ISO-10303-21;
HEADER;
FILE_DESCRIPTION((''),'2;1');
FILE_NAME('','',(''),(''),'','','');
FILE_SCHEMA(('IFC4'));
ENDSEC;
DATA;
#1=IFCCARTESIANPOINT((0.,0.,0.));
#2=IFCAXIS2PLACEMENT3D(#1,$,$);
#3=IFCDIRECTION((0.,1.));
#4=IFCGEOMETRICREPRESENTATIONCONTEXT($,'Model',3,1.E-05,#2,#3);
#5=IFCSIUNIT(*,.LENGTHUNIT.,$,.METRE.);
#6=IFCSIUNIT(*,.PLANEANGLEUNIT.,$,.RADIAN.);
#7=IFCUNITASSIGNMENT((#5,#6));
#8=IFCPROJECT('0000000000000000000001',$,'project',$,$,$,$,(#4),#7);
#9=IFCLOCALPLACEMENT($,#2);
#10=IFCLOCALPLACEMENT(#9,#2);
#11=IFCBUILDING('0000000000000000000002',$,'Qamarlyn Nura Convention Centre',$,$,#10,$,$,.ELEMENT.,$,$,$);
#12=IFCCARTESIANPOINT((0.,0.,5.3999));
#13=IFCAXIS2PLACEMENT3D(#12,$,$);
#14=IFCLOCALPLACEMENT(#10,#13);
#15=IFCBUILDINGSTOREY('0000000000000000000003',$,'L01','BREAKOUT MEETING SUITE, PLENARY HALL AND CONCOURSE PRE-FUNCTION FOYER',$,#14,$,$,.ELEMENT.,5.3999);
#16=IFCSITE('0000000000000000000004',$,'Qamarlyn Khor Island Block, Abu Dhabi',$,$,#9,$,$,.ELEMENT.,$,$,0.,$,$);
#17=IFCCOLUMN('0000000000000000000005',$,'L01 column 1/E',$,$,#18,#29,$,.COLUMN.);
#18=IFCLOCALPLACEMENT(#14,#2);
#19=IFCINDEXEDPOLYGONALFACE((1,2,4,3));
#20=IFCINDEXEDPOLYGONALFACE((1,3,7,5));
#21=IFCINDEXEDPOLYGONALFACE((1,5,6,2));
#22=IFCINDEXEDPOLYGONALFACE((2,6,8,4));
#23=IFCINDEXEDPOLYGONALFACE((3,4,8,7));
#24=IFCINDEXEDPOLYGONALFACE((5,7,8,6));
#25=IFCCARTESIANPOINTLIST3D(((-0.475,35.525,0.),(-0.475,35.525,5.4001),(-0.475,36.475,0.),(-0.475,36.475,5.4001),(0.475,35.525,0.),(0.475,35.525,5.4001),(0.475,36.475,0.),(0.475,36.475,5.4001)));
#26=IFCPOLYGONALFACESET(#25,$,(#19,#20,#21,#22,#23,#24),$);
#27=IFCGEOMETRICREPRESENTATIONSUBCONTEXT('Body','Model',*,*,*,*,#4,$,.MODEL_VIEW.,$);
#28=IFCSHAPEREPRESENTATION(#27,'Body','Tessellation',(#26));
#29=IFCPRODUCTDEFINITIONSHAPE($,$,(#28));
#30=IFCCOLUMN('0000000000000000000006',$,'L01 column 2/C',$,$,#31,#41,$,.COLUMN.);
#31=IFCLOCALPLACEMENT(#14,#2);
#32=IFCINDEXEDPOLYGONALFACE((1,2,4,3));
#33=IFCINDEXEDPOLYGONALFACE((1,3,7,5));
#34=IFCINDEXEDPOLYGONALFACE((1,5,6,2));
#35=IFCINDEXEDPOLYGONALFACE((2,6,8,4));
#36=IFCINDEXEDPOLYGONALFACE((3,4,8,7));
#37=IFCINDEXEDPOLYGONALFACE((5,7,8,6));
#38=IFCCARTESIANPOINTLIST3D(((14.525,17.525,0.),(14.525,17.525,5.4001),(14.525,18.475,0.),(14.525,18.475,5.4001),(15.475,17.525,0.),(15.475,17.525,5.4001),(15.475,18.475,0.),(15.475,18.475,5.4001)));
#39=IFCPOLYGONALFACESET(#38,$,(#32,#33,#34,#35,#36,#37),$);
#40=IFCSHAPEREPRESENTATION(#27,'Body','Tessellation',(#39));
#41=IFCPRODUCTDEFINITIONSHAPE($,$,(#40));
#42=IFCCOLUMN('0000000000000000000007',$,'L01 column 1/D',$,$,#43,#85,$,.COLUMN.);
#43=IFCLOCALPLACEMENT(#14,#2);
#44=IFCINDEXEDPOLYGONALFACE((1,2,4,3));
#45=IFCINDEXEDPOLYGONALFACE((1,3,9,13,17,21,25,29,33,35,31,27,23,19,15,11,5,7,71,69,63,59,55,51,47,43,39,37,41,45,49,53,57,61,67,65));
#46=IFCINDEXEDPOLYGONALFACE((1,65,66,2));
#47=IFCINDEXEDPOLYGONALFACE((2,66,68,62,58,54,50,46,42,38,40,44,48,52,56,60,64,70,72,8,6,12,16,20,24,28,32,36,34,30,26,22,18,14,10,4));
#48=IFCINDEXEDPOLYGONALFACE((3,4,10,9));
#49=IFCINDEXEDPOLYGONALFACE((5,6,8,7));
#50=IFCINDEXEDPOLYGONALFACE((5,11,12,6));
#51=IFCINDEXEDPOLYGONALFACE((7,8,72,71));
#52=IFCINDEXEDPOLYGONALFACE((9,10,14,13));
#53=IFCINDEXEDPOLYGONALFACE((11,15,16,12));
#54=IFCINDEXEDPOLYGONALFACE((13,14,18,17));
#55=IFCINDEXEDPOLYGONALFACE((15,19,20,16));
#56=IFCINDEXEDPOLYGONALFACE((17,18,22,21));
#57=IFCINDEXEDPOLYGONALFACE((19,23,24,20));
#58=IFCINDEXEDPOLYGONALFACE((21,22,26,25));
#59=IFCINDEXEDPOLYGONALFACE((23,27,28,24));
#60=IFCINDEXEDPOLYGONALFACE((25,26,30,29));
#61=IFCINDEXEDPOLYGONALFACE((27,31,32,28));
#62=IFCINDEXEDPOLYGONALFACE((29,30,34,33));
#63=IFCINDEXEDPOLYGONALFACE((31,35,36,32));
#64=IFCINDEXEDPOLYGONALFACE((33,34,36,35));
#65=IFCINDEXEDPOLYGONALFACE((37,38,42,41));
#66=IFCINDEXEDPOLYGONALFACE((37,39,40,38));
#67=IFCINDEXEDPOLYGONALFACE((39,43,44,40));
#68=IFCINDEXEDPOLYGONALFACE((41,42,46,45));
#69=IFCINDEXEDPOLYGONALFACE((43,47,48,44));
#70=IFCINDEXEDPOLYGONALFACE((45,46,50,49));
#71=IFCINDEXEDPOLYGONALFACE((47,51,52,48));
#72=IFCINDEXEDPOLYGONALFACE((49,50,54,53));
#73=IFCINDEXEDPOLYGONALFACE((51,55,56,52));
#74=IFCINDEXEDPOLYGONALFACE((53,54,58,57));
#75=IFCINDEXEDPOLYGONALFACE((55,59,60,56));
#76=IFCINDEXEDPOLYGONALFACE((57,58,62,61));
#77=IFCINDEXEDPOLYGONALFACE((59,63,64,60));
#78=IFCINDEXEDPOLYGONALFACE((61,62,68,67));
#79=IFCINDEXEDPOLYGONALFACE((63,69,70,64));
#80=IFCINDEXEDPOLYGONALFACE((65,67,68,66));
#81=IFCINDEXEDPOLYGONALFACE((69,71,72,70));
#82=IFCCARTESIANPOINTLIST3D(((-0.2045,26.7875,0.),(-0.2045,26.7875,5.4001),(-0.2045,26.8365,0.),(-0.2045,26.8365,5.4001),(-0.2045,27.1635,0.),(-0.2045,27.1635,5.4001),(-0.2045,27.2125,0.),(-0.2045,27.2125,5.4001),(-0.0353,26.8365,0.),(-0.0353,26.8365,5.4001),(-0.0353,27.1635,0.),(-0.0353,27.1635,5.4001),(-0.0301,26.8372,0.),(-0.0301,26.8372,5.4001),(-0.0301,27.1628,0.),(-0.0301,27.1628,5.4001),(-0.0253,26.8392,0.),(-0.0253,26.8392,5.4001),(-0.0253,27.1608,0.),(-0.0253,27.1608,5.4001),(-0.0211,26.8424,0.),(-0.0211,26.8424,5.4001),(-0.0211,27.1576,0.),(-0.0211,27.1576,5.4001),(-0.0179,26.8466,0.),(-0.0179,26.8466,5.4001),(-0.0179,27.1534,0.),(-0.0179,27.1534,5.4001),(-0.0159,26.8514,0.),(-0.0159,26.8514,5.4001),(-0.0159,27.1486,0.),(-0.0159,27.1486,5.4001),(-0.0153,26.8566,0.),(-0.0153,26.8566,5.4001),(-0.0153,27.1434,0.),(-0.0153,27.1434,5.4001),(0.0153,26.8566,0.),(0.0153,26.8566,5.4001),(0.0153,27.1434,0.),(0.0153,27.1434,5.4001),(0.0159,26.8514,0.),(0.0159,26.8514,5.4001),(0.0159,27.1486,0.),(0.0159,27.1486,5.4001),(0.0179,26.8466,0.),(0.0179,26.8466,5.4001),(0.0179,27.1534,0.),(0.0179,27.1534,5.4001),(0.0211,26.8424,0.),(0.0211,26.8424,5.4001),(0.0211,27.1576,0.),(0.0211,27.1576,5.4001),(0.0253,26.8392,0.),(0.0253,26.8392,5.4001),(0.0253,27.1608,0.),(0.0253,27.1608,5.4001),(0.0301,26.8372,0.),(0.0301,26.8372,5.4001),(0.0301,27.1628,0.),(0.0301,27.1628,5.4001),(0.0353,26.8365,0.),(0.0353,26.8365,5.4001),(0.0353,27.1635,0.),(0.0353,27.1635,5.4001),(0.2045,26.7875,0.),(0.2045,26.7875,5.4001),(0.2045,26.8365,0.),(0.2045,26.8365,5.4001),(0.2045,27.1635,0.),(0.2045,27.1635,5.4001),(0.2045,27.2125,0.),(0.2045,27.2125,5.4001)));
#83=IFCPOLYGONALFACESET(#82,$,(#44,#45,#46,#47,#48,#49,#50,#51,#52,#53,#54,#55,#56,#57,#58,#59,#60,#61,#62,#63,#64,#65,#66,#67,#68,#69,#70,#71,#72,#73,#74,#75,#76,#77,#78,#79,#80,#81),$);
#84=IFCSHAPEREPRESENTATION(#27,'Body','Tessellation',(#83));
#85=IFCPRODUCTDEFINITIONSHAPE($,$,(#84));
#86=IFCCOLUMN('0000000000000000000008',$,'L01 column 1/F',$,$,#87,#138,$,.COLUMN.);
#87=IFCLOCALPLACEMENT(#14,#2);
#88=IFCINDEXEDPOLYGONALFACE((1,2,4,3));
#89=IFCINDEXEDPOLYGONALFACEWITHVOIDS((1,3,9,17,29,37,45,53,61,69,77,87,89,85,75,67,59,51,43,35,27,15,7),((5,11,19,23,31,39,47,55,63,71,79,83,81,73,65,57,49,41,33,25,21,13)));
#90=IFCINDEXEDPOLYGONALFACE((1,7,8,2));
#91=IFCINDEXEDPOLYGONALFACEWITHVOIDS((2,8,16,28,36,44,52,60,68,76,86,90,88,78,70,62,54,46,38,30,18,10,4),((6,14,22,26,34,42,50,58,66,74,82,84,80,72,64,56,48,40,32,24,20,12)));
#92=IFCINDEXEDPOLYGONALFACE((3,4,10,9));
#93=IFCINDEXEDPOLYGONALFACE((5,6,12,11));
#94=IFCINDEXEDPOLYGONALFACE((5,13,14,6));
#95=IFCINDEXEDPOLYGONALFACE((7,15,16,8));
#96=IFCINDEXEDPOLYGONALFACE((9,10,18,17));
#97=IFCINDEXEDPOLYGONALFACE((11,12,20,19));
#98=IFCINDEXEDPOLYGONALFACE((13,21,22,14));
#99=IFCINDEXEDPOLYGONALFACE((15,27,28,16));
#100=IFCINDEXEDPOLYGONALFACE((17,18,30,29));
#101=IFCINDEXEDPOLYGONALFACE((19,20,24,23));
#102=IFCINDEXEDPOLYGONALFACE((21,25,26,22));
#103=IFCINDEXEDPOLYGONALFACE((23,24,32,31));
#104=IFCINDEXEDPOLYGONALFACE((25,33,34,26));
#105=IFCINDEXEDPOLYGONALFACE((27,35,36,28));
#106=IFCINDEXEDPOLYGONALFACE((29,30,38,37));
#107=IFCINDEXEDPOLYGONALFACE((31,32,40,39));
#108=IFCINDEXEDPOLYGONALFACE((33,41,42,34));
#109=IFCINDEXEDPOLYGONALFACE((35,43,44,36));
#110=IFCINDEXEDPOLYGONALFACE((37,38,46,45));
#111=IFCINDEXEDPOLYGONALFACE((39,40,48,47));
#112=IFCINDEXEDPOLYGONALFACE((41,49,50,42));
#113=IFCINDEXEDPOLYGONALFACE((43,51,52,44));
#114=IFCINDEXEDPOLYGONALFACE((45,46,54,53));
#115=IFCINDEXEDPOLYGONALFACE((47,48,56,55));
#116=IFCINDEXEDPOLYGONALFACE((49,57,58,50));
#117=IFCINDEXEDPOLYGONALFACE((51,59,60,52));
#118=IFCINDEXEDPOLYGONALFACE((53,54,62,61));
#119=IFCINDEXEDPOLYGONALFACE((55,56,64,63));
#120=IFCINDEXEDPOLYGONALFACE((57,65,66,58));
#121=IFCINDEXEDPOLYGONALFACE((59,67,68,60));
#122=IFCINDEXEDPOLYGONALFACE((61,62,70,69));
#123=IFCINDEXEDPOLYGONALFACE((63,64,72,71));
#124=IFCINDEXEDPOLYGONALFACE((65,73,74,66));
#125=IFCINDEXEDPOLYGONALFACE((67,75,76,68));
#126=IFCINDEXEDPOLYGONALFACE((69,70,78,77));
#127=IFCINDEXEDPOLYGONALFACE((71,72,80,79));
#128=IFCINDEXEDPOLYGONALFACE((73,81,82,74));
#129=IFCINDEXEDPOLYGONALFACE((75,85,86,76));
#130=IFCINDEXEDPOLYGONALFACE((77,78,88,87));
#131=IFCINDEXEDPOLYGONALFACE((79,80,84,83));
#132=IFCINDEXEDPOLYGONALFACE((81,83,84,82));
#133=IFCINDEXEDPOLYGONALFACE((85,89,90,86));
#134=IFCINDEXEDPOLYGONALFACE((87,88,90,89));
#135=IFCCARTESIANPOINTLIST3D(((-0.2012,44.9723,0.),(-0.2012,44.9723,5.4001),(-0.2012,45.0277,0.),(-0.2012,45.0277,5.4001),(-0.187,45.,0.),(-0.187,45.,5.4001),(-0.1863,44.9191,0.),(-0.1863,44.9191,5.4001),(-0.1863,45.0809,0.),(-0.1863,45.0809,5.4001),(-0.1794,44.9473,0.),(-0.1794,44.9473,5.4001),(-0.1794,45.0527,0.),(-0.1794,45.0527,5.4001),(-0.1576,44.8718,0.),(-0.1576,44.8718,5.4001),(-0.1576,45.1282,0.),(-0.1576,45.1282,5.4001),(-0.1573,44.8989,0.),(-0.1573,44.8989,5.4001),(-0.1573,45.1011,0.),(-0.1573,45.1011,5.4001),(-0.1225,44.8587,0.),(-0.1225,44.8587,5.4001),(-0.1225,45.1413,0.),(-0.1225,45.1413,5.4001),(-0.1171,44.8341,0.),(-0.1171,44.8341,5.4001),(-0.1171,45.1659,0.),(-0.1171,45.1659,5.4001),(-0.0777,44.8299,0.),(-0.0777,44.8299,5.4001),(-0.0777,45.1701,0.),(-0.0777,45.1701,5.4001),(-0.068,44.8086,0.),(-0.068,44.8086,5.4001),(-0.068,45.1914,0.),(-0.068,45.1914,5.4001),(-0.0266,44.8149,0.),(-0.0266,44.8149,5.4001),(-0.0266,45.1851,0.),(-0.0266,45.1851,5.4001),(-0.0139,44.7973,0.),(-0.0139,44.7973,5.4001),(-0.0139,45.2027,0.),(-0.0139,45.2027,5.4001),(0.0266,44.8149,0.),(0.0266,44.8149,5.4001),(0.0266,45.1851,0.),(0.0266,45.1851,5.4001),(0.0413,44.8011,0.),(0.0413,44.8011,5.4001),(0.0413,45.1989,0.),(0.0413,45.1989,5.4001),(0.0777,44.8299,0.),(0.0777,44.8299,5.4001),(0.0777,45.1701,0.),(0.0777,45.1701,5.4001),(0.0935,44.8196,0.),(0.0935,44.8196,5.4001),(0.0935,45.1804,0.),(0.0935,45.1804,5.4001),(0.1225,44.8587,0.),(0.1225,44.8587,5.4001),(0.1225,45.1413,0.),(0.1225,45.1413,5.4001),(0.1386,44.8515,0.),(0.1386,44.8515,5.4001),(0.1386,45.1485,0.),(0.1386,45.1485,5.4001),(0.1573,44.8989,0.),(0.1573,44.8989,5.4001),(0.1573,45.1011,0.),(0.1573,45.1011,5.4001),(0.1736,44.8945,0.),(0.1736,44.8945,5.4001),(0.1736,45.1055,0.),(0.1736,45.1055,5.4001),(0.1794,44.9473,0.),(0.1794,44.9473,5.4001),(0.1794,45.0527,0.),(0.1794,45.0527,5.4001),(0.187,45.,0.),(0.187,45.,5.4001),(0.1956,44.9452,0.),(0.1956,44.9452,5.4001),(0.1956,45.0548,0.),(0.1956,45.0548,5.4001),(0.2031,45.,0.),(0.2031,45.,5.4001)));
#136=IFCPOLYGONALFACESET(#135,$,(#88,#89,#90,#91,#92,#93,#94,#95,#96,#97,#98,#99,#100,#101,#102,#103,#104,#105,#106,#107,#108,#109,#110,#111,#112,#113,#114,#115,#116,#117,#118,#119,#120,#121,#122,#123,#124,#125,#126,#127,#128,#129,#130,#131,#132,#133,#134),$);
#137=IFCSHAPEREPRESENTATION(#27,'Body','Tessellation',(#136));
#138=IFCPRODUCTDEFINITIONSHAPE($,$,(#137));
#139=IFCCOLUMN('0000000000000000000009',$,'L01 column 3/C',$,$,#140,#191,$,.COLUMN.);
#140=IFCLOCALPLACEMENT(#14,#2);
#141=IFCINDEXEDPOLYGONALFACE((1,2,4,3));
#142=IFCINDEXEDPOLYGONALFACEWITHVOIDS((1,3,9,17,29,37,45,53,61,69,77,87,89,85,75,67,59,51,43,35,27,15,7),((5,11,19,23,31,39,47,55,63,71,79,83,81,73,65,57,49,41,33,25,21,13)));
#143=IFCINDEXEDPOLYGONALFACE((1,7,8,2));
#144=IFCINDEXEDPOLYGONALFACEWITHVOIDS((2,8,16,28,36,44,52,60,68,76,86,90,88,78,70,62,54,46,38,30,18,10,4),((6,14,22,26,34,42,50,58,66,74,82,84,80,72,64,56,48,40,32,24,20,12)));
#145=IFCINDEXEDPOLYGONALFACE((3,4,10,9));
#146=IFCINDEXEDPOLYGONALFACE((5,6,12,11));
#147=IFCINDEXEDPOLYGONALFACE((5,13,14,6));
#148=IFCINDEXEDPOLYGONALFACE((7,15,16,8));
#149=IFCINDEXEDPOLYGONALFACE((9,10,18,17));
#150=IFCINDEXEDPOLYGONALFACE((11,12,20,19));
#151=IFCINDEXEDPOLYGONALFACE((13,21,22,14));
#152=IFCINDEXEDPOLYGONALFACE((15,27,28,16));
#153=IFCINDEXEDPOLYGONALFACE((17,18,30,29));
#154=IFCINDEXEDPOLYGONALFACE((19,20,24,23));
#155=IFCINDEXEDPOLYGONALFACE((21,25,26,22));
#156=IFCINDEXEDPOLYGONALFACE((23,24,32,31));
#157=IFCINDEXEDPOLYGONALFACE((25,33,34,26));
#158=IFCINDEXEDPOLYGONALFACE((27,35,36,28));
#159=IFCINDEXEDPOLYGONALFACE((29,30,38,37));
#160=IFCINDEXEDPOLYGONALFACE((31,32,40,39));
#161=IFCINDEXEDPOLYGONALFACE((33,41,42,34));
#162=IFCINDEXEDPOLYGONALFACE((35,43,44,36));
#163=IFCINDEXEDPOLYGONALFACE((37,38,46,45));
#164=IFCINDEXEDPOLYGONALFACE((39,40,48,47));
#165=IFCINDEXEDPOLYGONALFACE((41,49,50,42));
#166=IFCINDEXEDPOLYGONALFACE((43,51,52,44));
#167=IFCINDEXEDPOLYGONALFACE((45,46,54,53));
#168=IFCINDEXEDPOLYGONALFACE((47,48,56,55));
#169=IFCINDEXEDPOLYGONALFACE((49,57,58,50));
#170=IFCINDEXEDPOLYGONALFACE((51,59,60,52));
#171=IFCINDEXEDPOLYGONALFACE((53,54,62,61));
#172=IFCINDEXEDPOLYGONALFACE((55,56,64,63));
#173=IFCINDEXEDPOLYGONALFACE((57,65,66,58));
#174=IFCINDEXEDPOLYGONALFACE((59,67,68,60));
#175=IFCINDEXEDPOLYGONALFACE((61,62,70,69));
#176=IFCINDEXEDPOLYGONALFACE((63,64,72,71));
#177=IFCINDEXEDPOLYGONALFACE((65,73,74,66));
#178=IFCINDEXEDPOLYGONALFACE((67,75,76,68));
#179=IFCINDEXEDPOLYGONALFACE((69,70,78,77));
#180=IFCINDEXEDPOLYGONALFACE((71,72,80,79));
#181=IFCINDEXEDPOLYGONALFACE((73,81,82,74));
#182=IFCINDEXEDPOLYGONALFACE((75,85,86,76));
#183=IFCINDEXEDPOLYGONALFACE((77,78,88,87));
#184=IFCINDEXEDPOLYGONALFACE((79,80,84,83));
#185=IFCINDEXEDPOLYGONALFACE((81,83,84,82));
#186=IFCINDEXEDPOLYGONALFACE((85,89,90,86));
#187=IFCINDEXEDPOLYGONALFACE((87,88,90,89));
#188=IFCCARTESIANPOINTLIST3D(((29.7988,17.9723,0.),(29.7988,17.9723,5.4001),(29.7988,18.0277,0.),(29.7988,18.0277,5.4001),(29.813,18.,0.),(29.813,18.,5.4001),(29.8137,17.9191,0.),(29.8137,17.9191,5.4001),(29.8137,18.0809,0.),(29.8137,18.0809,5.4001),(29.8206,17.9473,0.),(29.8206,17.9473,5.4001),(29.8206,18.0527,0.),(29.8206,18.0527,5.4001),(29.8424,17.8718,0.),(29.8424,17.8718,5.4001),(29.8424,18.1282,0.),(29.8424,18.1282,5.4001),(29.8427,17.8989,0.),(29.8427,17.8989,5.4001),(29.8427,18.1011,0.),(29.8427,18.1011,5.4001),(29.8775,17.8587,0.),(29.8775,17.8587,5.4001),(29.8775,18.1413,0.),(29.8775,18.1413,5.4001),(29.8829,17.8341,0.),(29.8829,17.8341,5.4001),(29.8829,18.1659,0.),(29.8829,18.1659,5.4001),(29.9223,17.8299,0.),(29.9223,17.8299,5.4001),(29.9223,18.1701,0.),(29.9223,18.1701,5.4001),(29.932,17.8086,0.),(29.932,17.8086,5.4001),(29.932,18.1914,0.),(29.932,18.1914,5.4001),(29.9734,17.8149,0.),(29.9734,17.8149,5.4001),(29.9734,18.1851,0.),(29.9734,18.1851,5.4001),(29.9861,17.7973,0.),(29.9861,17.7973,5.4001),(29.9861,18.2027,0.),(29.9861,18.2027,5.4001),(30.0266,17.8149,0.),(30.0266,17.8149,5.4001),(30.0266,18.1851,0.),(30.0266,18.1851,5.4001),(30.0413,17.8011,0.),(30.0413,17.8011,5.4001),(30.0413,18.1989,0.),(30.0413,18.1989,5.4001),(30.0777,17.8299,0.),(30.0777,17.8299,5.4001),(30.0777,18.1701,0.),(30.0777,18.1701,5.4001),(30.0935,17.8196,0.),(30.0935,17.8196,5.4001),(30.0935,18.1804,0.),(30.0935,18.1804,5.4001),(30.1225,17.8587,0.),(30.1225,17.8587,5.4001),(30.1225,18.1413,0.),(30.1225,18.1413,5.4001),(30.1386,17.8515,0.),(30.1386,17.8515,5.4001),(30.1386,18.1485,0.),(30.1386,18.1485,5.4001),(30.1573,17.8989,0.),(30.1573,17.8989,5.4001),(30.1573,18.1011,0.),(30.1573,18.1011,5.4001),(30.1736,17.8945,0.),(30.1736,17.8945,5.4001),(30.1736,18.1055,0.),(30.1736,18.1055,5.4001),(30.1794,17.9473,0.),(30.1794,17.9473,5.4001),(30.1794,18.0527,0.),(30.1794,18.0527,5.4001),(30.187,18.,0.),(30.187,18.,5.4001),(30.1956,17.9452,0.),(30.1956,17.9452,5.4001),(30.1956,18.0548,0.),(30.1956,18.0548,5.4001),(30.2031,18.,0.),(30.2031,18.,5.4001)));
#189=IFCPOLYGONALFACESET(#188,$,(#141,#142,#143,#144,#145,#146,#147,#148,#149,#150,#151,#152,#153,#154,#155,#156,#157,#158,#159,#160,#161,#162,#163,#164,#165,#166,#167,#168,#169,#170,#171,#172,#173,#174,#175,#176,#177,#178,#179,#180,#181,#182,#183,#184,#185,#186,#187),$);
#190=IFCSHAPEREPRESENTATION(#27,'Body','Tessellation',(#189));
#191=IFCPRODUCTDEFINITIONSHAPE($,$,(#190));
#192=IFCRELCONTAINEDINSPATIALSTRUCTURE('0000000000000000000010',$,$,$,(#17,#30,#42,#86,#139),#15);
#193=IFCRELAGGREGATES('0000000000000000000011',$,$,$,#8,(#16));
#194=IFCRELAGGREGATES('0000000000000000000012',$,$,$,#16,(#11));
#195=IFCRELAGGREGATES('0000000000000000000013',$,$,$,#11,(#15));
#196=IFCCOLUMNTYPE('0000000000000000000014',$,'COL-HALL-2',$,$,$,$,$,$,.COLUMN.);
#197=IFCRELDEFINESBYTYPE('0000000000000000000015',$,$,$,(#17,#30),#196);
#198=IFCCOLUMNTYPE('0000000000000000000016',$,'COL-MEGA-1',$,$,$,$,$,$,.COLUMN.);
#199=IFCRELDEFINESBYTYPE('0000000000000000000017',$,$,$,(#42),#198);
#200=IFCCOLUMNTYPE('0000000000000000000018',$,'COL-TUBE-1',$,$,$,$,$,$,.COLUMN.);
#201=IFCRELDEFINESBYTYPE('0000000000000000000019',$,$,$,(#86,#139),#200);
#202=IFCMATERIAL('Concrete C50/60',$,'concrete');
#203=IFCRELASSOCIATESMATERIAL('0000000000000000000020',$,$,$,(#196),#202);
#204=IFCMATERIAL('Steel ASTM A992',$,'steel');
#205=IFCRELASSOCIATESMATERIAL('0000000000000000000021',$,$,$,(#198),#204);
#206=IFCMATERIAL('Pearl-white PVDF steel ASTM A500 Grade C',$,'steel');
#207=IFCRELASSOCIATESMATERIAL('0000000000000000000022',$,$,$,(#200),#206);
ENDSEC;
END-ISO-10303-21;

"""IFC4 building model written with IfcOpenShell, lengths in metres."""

from ifc_helpers import new_model, si_unit, direction, frame, origin, origin_2d, place, context, subcontext, project, spatial, rectangle, hollow_circle, i_section, extrude, material, material_profile, profile_set, type_object, element, save


model = new_model("IFC4")

# Units and contexts
model_context = context("Model", 3, precision=1e-05, world=origin(), true_north=direction((0.0, 1.0)))
body_context = subcontext(model_context, "Body", "Model", "MODEL_VIEW")
ifc_project = project(units=[si_unit("LENGTHUNIT", "METRE"), si_unit("PLANEANGLEUNIT", "RADIAN")], contexts=[model_context])

# Site, building, storey
site_placement = place(None, origin())
site = spatial("IfcSite", under=ifc_project, at=site_placement, Name="Qamarlyn Khor Island Block, Abu Dhabi", CompositionType="ELEMENT", RefElevation=0.0)
building_placement = place(site_placement, origin())
building = spatial("IfcBuilding", under=site, at=building_placement, Name="Qamarlyn Nura Convention Centre", CompositionType="ELEMENT")
storey_placement = place(building_placement, frame((0.0, 0.0, 5.3999)))
storey = spatial("IfcBuildingStorey", under=building, at=storey_placement, Name="L01", Description="BREAKOUT MEETING SUITE, PLENARY HALL AND CONCOURSE PRE-FUNCTION FOYER", CompositionType="ELEMENT", Elevation=5.3999)

# Columns
ifc_material_1 = material(Name="Concrete C50/60", Category="concrete")
ifc_material_profile_1 = material_profile(ifc_material_1, rectangle(XDim=0.95, YDim=0.95, at=origin_2d()), Name="RC 950x950")
ifc_profile_set_1 = profile_set([ifc_material_profile_1], Name="Concrete C50/60")
column_type_1 = type_object("IfcColumnType", Name="COL-HALL-2", PredefinedType="COLUMN", material=ifc_profile_set_1)
for number, where, z_axis, x_axis, name in (
    (1, (0.0, 36.0, 0.0), (0.0, 0.0, 1.0), (1.0, 0.0, 0.0), "L01 column 1/E"),
    (2, (15.0, 18.0, 0.0), (0.0, 0.0, 1.0), (1.0, 0.0, 0.0), "L01 column 2/C"),
):
    element("IfcColumn", number, at=place(storey_placement, frame(where, z_axis=z_axis, x_axis=x_axis)), inside=storey, type_object=column_type_1, Name=name, PredefinedType="COLUMN", context=body_context, shape_type="SweptSolid", body=[
        extrude(rectangle(XDim=0.95, YDim=0.95, at=origin_2d()), origin(), (0.0, 0.0, 1.0), 5.4001),
    ])
ifc_material_2 = material(Name="Steel ASTM A992", Category="steel")
ifc_material_profile_2 = material_profile(ifc_material_2, i_section(OverallWidth=0.4089, OverallDepth=0.425, WebThickness=0.0305, FlangeThickness=0.0491, FilletRadius=0.02, at=origin_2d()), Name="W360X421")
ifc_profile_set_2 = profile_set([ifc_material_profile_2], Name="Steel ASTM A992")
column_type_2 = type_object("IfcColumnType", Name="COL-MEGA-1", PredefinedType="COLUMN", material=ifc_profile_set_2)
column_placement = place(storey_placement, frame((0.0, 27.0, 0.0), z_axis=(0.0, 0.0, 1.0), x_axis=(1.0, 0.0, 0.0)))
element("IfcColumn", 3, at=column_placement, inside=storey, type_object=column_type_2, Name="L01 column 1/D", PredefinedType="COLUMN", context=body_context, shape_type="SweptSolid", body=[
    extrude(i_section(OverallWidth=0.4089, OverallDepth=0.425, WebThickness=0.0305, FlangeThickness=0.0491, FilletRadius=0.02, at=origin_2d()), origin(), (0.0, 0.0, 1.0), 5.4001),
])
ifc_material_3 = material(Name="Pearl-white PVDF steel ASTM A500 Grade C", Category="steel")
ifc_material_profile_3 = material_profile(ifc_material_3, hollow_circle(Radius=0.2031, WallThickness=0.0161, at=origin_2d()), Name="CHS406.4X16")
ifc_profile_set_3 = profile_set([ifc_material_profile_3], Name="Pearl-white PVDF steel ASTM A500 Grade C")
column_type_3 = type_object("IfcColumnType", Name="COL-TUBE-1", PredefinedType="COLUMN", material=ifc_profile_set_3)
for number, where, z_axis, x_axis, name in (
    (4, (0.0, 45.0, 0.0), (0.0, 0.0, 1.0), (1.0, 0.0, 0.0), "L01 column 1/F"),
    (5, (30.0, 18.0, 0.0), (0.0, 0.0, 1.0), (1.0, 0.0, 0.0), "L01 column 3/C"),
):
    element("IfcColumn", number, at=place(storey_placement, frame(where, z_axis=z_axis, x_axis=x_axis)), inside=storey, type_object=column_type_3, Name=name, PredefinedType="COLUMN", context=body_context, shape_type="SweptSolid", body=[
        extrude(hollow_circle(Radius=0.2031, WallThickness=0.0161, at=origin_2d()), origin(), (0.0, 0.0, 1.0), 5.4001),
    ])

save(model, "model.ifc")
